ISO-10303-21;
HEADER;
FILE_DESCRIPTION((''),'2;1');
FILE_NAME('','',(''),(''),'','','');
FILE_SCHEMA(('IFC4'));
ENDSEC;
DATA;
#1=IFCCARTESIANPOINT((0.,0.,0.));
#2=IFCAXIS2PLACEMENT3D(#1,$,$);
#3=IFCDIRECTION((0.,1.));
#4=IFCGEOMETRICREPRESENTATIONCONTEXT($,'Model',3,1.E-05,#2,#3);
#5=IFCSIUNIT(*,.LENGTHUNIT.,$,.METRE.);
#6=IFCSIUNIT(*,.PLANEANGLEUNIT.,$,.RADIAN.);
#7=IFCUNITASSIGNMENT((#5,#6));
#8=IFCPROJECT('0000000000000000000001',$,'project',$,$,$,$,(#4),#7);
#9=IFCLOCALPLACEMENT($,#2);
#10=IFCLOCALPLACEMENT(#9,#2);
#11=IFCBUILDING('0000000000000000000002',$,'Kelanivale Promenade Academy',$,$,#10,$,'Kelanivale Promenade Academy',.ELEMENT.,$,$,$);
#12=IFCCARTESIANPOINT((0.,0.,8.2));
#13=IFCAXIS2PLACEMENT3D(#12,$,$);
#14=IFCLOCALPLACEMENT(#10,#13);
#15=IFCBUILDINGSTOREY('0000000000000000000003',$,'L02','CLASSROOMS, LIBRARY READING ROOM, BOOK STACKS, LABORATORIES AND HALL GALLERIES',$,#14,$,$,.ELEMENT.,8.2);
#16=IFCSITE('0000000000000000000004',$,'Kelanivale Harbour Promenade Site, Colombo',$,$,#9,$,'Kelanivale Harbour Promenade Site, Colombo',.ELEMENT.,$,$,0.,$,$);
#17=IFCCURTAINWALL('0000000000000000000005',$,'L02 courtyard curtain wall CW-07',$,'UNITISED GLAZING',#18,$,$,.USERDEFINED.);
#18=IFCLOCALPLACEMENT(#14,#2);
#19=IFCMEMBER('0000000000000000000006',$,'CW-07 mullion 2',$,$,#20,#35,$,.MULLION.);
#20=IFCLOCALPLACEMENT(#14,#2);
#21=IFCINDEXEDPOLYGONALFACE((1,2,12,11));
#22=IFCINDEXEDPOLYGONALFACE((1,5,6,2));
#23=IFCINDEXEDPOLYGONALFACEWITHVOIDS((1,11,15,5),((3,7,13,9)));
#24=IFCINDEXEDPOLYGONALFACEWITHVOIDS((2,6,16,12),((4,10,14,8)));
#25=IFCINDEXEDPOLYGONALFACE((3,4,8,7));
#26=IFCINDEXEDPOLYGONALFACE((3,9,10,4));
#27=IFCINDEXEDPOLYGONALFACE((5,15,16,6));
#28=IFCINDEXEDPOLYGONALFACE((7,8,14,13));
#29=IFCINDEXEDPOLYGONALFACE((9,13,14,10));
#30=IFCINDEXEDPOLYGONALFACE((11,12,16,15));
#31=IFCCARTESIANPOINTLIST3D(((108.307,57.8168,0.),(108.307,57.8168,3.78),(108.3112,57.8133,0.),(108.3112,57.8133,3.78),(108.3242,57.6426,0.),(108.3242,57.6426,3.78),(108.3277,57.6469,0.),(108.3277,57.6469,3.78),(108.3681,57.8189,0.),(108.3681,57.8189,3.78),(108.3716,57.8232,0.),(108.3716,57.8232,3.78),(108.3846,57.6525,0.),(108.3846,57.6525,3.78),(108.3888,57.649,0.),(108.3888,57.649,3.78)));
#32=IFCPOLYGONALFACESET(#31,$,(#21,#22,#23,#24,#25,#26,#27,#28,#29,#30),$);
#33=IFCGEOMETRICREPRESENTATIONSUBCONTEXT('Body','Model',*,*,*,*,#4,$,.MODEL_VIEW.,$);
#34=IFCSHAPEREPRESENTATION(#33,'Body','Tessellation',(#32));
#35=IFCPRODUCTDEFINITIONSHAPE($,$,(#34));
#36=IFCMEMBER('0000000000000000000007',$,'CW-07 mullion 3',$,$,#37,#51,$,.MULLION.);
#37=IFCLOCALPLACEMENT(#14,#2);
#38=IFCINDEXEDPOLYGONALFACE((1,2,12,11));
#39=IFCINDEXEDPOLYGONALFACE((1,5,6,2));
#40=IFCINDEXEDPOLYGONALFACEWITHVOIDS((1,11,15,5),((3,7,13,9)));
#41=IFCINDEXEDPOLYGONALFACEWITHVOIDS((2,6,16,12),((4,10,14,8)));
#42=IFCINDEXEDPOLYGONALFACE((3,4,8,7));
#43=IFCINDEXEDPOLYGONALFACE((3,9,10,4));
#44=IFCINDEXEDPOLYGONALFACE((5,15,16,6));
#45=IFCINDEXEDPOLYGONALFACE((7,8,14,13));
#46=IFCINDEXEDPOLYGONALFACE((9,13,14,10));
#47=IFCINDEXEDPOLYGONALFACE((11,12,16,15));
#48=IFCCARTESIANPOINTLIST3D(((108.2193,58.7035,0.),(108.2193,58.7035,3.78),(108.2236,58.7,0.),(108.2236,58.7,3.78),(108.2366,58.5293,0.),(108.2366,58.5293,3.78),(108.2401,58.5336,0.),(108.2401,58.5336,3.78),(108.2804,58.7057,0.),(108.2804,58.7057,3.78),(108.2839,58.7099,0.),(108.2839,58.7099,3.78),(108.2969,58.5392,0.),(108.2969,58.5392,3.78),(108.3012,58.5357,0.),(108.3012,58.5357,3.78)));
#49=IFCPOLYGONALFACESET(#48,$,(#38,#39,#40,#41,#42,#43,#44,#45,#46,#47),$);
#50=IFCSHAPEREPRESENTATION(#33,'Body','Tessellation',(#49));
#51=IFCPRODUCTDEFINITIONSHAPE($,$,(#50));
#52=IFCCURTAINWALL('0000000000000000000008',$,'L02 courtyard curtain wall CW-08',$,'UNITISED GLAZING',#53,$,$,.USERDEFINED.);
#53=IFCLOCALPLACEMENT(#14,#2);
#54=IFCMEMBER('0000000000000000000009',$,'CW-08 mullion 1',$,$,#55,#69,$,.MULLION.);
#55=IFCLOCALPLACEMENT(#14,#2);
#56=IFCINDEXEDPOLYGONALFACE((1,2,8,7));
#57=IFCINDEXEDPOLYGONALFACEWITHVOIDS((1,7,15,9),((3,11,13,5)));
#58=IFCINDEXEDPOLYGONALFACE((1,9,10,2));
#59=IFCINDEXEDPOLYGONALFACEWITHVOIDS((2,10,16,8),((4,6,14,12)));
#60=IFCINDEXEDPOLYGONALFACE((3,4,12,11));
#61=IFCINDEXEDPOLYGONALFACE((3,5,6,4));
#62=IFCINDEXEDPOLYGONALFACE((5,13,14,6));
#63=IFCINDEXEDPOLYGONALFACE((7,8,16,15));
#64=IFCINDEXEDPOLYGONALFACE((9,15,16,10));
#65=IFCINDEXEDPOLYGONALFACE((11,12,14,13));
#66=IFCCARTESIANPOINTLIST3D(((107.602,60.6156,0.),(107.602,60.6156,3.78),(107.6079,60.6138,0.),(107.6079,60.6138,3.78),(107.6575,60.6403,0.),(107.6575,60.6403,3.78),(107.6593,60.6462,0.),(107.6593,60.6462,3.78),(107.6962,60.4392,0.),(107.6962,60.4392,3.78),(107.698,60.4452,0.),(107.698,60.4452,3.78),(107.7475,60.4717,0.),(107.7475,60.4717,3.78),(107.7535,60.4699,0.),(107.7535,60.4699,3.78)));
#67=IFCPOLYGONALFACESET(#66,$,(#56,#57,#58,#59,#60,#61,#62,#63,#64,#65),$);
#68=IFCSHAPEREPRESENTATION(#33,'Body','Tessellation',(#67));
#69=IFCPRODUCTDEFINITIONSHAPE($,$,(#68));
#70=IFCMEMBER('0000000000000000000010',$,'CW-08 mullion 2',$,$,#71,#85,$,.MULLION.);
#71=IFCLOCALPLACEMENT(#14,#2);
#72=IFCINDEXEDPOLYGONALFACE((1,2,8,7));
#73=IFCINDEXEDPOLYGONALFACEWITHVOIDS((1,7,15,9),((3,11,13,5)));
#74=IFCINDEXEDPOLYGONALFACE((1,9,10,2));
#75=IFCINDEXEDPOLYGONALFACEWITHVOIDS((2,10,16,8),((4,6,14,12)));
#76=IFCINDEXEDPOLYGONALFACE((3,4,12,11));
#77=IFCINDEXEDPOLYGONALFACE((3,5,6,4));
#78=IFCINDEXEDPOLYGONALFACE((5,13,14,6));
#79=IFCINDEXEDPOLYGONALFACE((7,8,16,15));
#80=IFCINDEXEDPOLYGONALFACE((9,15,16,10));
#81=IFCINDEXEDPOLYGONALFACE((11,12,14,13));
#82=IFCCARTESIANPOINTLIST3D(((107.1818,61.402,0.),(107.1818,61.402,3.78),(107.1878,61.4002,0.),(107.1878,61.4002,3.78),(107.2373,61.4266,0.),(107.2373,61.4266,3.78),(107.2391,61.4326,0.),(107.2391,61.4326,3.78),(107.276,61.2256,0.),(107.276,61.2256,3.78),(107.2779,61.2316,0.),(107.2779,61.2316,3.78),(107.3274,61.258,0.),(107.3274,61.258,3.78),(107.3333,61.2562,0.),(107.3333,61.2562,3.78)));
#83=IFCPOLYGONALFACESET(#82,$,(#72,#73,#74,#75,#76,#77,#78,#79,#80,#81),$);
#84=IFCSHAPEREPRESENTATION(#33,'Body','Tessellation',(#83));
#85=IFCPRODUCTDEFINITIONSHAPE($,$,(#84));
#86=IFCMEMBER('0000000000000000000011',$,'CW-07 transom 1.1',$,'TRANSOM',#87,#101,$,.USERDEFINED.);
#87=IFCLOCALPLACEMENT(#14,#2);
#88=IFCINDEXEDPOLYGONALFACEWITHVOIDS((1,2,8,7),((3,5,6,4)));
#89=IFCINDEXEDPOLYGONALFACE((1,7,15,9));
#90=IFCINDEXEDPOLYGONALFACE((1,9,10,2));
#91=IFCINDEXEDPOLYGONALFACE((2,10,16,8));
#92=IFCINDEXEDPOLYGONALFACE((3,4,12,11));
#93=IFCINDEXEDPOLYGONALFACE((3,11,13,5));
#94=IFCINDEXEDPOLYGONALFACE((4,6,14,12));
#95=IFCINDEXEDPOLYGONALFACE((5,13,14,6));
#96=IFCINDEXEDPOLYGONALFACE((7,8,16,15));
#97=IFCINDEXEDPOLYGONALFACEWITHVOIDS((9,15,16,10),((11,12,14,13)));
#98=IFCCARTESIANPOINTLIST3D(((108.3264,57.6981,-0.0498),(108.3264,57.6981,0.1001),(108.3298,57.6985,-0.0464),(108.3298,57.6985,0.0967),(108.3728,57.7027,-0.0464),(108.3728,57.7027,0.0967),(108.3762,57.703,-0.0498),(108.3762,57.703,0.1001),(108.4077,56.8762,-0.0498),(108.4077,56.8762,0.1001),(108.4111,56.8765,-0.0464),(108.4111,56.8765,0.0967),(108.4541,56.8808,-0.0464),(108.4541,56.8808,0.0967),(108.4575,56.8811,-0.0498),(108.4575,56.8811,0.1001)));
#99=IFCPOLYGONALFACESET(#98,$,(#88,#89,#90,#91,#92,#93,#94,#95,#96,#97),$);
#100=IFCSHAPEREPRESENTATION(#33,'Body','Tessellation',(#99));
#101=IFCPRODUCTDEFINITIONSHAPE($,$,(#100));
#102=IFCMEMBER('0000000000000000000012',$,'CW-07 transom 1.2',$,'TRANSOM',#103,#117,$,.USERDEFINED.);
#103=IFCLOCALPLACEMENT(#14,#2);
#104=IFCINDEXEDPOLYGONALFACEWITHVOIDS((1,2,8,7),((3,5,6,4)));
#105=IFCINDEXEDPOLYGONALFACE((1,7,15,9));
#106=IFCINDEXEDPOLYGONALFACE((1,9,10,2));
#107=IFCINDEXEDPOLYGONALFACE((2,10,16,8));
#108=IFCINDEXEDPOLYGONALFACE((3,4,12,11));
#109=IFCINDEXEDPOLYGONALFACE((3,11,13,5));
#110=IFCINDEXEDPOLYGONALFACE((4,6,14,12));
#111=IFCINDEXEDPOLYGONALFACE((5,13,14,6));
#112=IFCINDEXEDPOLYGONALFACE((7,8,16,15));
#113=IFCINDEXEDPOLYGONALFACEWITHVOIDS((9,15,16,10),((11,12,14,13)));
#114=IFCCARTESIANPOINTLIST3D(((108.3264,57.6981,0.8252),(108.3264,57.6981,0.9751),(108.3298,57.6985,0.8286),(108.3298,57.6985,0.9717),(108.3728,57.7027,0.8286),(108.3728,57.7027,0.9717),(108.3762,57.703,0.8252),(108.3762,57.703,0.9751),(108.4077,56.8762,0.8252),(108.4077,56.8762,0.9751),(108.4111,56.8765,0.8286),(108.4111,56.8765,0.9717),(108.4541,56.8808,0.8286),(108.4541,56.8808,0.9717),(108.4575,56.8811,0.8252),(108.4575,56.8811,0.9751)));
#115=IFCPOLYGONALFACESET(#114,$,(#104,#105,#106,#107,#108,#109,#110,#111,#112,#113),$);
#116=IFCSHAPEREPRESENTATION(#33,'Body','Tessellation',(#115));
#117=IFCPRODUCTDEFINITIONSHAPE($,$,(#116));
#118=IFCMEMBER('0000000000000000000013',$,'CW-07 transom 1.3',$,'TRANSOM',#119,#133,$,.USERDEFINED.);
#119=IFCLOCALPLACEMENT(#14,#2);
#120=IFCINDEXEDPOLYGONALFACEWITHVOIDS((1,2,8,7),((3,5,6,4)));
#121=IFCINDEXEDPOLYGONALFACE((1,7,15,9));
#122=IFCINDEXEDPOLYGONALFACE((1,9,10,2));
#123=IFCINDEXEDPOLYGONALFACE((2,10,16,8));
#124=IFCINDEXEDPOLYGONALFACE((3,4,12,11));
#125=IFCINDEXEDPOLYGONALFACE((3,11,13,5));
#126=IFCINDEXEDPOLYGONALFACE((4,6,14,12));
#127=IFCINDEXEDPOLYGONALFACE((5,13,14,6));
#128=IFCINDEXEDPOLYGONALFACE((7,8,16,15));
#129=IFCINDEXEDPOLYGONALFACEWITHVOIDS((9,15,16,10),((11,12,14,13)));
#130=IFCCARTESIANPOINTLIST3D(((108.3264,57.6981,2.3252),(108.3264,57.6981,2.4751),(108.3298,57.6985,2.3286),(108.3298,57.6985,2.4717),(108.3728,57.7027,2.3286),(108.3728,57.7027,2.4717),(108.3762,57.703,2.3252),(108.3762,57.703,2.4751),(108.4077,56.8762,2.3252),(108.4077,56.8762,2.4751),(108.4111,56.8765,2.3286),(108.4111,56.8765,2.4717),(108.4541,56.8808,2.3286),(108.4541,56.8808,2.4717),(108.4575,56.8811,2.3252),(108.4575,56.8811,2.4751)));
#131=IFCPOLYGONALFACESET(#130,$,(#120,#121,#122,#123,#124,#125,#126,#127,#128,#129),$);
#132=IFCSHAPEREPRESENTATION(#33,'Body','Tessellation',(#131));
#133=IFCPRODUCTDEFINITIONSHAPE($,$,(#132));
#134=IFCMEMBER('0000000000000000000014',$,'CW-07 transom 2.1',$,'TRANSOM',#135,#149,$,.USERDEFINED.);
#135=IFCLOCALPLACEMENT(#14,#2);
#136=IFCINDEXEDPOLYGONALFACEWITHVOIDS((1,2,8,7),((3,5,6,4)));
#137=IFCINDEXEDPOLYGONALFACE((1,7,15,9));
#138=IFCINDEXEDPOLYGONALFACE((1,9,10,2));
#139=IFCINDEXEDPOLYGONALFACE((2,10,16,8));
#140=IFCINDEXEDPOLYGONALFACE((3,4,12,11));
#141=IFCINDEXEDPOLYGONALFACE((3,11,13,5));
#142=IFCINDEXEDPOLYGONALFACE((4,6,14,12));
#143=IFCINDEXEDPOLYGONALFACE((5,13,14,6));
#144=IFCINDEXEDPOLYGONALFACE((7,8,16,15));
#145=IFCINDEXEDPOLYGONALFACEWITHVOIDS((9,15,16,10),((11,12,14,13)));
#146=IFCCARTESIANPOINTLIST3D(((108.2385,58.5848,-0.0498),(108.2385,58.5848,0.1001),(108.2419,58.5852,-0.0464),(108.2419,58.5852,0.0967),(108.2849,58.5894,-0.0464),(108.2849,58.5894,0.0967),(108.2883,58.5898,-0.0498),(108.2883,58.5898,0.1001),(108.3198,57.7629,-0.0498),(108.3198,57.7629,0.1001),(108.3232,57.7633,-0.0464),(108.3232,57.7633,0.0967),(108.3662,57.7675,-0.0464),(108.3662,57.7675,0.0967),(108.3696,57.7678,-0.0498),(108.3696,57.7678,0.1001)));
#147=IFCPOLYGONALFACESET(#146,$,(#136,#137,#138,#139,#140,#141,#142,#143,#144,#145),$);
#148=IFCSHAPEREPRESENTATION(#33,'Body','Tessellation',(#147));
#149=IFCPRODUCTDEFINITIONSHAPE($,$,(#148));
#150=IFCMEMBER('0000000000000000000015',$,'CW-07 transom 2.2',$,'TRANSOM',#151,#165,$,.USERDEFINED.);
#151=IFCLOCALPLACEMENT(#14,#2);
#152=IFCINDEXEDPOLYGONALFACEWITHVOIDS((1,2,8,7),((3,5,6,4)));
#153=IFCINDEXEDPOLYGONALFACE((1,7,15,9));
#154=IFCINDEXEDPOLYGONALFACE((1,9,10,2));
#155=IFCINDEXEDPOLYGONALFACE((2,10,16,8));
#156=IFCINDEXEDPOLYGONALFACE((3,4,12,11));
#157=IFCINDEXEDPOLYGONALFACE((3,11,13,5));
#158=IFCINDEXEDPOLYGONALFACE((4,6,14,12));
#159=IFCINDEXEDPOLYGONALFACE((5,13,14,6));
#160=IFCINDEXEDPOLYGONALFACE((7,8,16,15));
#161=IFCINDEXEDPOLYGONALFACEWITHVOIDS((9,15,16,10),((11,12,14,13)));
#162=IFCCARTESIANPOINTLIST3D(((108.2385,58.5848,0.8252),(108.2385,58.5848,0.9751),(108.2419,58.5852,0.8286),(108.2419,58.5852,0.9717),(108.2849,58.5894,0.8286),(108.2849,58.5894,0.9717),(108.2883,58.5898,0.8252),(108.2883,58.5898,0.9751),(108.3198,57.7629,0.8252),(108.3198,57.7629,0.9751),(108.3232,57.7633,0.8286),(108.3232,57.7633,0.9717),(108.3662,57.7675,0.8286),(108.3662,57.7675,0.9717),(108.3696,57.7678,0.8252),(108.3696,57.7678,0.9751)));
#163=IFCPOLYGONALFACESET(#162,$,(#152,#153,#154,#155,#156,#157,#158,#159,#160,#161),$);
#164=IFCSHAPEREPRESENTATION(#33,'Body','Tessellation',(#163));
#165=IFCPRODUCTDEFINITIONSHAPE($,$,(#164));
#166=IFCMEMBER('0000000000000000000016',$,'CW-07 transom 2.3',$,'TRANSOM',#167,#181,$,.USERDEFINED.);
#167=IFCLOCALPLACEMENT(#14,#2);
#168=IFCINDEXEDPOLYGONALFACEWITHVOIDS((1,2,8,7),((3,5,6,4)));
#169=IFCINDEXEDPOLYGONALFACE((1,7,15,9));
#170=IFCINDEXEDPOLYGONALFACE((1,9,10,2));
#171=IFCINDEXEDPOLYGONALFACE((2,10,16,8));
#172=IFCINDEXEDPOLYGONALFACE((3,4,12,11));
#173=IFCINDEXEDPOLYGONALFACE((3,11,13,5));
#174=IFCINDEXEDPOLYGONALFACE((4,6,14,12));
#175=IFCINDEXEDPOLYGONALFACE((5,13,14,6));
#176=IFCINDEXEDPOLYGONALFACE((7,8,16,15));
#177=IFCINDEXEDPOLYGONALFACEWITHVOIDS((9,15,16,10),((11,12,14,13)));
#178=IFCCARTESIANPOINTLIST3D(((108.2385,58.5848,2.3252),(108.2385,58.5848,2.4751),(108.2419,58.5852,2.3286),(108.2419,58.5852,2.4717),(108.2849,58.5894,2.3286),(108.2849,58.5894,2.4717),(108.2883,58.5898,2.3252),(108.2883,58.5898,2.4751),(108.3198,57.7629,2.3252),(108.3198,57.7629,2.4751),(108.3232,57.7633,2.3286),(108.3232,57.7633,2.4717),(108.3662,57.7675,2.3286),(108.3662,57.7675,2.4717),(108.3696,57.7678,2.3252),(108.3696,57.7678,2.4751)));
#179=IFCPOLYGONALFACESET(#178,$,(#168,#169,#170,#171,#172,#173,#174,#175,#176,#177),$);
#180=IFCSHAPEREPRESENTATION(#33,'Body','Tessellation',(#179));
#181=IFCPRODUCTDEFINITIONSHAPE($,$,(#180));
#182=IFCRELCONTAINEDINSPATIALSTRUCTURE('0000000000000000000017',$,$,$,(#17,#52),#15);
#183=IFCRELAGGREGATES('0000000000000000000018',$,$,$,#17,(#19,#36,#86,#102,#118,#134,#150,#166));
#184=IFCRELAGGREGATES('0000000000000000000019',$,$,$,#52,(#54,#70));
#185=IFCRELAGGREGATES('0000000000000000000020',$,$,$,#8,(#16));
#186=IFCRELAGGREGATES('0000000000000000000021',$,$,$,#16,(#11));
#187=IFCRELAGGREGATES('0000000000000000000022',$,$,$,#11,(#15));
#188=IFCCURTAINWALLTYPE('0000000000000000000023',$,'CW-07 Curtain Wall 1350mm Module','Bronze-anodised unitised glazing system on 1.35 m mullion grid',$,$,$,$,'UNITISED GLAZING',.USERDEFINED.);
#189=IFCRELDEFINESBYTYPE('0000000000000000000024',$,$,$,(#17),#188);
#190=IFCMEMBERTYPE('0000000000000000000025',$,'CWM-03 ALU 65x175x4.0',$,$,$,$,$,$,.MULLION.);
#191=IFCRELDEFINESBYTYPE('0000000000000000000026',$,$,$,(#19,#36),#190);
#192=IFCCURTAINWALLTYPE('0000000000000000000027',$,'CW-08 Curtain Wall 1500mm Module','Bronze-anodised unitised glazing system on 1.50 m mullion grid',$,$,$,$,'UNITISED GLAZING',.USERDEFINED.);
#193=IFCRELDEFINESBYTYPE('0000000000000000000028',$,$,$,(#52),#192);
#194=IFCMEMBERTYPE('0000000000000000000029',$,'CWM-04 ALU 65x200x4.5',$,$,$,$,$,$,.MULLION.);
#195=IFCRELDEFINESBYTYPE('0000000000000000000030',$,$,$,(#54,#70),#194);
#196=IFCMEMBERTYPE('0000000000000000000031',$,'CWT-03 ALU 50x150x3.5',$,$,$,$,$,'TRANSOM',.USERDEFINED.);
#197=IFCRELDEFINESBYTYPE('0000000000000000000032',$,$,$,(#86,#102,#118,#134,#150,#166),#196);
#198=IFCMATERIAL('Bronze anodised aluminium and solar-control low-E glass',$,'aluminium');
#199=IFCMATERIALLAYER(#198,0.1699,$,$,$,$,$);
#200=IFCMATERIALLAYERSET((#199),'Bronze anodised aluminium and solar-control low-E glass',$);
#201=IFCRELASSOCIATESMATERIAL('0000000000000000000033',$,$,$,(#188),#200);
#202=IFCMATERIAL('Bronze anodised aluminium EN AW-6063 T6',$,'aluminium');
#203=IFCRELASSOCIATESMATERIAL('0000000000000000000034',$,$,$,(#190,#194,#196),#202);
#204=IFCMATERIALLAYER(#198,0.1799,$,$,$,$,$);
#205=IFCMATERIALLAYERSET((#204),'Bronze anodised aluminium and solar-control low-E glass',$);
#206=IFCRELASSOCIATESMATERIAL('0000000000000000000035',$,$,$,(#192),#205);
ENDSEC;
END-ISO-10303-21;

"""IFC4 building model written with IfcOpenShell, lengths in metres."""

from ifc_helpers import new_model, si_unit, direction, frame, origin, origin_2d, place, context, subcontext, project, spatial, hollow_rectangle, extrude, material, layer, layer_set, material_profile, profile_set, type_object, element, aggregate, save


model = new_model("IFC4")

# Units and contexts
model_context = context("Model", 3, precision=1e-05, world=origin(), true_north=direction((0.0, 1.0)))
body_context = subcontext(model_context, "Body", "Model", "MODEL_VIEW")
ifc_project = project(units=[si_unit("LENGTHUNIT", "METRE"), si_unit("PLANEANGLEUNIT", "RADIAN")], contexts=[model_context])

# Site, building, storey
site_placement = place(None, origin())
site = spatial("IfcSite", under=ifc_project, at=site_placement, Name="Kelanivale Harbour Promenade Site, Colombo", LongName="Kelanivale Harbour Promenade Site, Colombo", CompositionType="ELEMENT", RefElevation=0.0)
building_placement = place(site_placement, origin())
building = spatial("IfcBuilding", under=site, at=building_placement, Name="Kelanivale Promenade Academy", LongName="Kelanivale Promenade Academy", CompositionType="ELEMENT")
storey_placement = place(building_placement, frame((0.0, 0.0, 8.2)))
storey = spatial("IfcBuildingStorey", under=building, at=storey_placement, Name="L02", Description="CLASSROOMS, LIBRARY READING ROOM, BOOK STACKS, LABORATORIES AND HALL GALLERIES", CompositionType="ELEMENT", Elevation=8.2)

# Curtain walls, members
ifc_material_1 = material(Name="Bronze anodised aluminium and solar-control low-E glass", Category="aluminium")
ifc_layer_1 = layer(ifc_material_1, 0.1699)
ifc_layer_set_1 = layer_set([ifc_layer_1], Name="Bronze anodised aluminium and solar-control low-E glass")
curtain_wall_type_1 = type_object("IfcCurtainWallType", Name="CW-07 Curtain Wall 1350mm Module", Description="Bronze-anodised unitised glazing system on 1.35 m mullion grid", ElementType="UNITISED GLAZING", PredefinedType="USERDEFINED", material=ifc_layer_set_1)
curtain_wall_1_placement = place(storey_placement, origin())
curtain_wall_1 = element("IfcCurtainWall", 1, at=curtain_wall_1_placement, inside=storey, type_object=curtain_wall_type_1, Name="L02 courtyard curtain wall CW-07", ObjectType="UNITISED GLAZING", PredefinedType="USERDEFINED")
ifc_material_2 = material(Name="Bronze anodised aluminium EN AW-6063 T6", Category="aluminium")
ifc_material_profile_1 = material_profile(ifc_material_2, hollow_rectangle(XDim=0.0649, YDim=0.175, WallThickness=0.0039, at=origin_2d()), Name="ALU 65x175x4.0")
ifc_profile_set_1 = profile_set([ifc_material_profile_1], Name="Bronze anodised aluminium EN AW-6063 T6")
member_type_1 = type_object("IfcMemberType", Name="CWM-03 ALU 65x175x4.0", PredefinedType="MULLION", material=ifc_profile_set_1)
member_1_placement = place(storey_placement, frame((108.3479, 57.7329, 0.0), z_axis=(0.0, 0.0, 1.0), x_axis=(-0.995133, -0.098539, 0.0)))
member_1 = element("IfcMember", 2, at=member_1_placement, type_object=member_type_1, Name="CW-07 mullion 2", PredefinedType="MULLION", context=body_context, shape_type="SweptSolid", body=[
    extrude(hollow_rectangle(XDim=0.0649, YDim=0.175, WallThickness=0.0039, at=origin_2d()), origin(), (0.0, 0.0, 1.0), 3.78),
])
member_2_placement = place(storey_placement, frame((108.2603, 58.6196, 0.0), z_axis=(0.0, 0.0, 1.0), x_axis=(-0.995133, -0.098539, 0.0)))
member_2 = element("IfcMember", 3, at=member_2_placement, type_object=member_type_1, Name="CW-07 mullion 3", PredefinedType="MULLION", context=body_context, shape_type="SweptSolid", body=[
    extrude(hollow_rectangle(XDim=0.0649, YDim=0.175, WallThickness=0.0039, at=origin_2d()), origin(), (0.0, 0.0, 1.0), 3.78),
])
ifc_layer_2 = layer(ifc_material_1, 0.1799)
ifc_layer_set_2 = layer_set([ifc_layer_2], Name="Bronze anodised aluminium and solar-control low-E glass")
curtain_wall_type_2 = type_object("IfcCurtainWallType", Name="CW-08 Curtain Wall 1500mm Module", Description="Bronze-anodised unitised glazing system on 1.50 m mullion grid", ElementType="UNITISED GLAZING", PredefinedType="USERDEFINED", material=ifc_layer_set_2)
curtain_wall_2_placement = place(storey_placement, origin())
curtain_wall_2 = element("IfcCurtainWall", 4, at=curtain_wall_2_placement, inside=storey, type_object=curtain_wall_type_2, Name="L02 courtyard curtain wall CW-08", ObjectType="UNITISED GLAZING", PredefinedType="USERDEFINED")
ifc_material_profile_2 = material_profile(ifc_material_2, hollow_rectangle(XDim=0.0649, YDim=0.2, WallThickness=0.0044, at=origin_2d()), Name="ALU 65x200x4.5")
ifc_profile_set_2 = profile_set([ifc_material_profile_2], Name="Bronze anodised aluminium EN AW-6063 T6")
member_type_2 = type_object("IfcMemberType", Name="CWM-04 ALU 65x200x4.5", PredefinedType="MULLION", material=ifc_profile_set_2)
member_3_placement = place(storey_placement, frame((107.6777, 60.5427, 0.0), z_axis=(0.0, 0.0, 1.0), x_axis=(-0.881978, -0.47129, 0.0)))
member_3 = element("IfcMember", 5, at=member_3_placement, type_object=member_type_2, Name="CW-08 mullion 1", PredefinedType="MULLION", context=body_context, shape_type="SweptSolid", body=[
    extrude(hollow_rectangle(XDim=0.0649, YDim=0.2, WallThickness=0.0044, at=origin_2d()), origin(), (0.0, 0.0, 1.0), 3.78),
])
member_4_placement = place(storey_placement, frame((107.2576, 61.3291, 0.0), z_axis=(0.0, 0.0, 1.0), x_axis=(-0.881978, -0.47129, 0.0)))
member_4 = element("IfcMember", 6, at=member_4_placement, type_object=member_type_2, Name="CW-08 mullion 2", PredefinedType="MULLION", context=body_context, shape_type="SweptSolid", body=[
    extrude(hollow_rectangle(XDim=0.0649, YDim=0.2, WallThickness=0.0044, at=origin_2d()), origin(), (0.0, 0.0, 1.0), 3.78),
])

# Members
ifc_material_profile_3 = material_profile(ifc_material_2, hollow_rectangle(XDim=0.05, YDim=0.1499, WallThickness=0.0034, at=origin_2d()), Name="ALU 50x150x3.5")
ifc_profile_set_3 = profile_set([ifc_material_profile_3], Name="Bronze anodised aluminium EN AW-6063 T6")
member_type_3 = type_object("IfcMemberType", Name="CWT-03 ALU 50x150x3.5", ElementType="TRANSOM", PredefinedType="USERDEFINED", material=ifc_profile_set_3)
member_5_placement = place(storey_placement, frame((108.4326, 56.8787, 0.0251), z_axis=(-0.098421, 0.995145, 0.0), x_axis=(-0.995145, -0.098421, 0.0)))
member_5 = element("IfcMember", 7, at=member_5_placement, type_object=member_type_3, Name="CW-07 transom 1.1", ObjectType="TRANSOM", PredefinedType="USERDEFINED", context=body_context, shape_type="SweptSolid", body=[
    extrude(hollow_rectangle(XDim=0.05, YDim=0.1499, WallThickness=0.0034, at=origin_2d()), origin(), (0.0, 0.0, 1.0), 0.8259),
])
member_6_placement = place(storey_placement, frame((108.4326, 56.8787, 0.9001), z_axis=(-0.098421, 0.995145, 0.0), x_axis=(-0.995145, -0.098421, 0.0)))
member_6 = element("IfcMember", 8, at=member_6_placement, type_object=member_type_3, Name="CW-07 transom 1.2", ObjectType="TRANSOM", PredefinedType="USERDEFINED", context=body_context, shape_type="SweptSolid", body=[
    extrude(hollow_rectangle(XDim=0.05, YDim=0.1499, WallThickness=0.0034, at=origin_2d()), origin(), (0.0, 0.0, 1.0), 0.8259),
])
member_7_placement = place(storey_placement, frame((108.4326, 56.8787, 2.4001), z_axis=(-0.098421, 0.995145, 0.0), x_axis=(-0.995145, -0.098421, 0.0)))
member_7 = element("IfcMember", 9, at=member_7_placement, type_object=member_type_3, Name="CW-07 transom 1.3", ObjectType="TRANSOM", PredefinedType="USERDEFINED", context=body_context, shape_type="SweptSolid", body=[
    extrude(hollow_rectangle(XDim=0.05, YDim=0.1499, WallThickness=0.0034, at=origin_2d()), origin(), (0.0, 0.0, 1.0), 0.8259),
])
member_8_placement = place(storey_placement, frame((108.3447, 57.7654, 0.0251), z_axis=(-0.098421, 0.995145, 0.0), x_axis=(-0.995145, -0.098421, 0.0)))
member_8 = element("IfcMember", 10, at=member_8_placement, type_object=member_type_3, Name="CW-07 transom 2.1", ObjectType="TRANSOM", PredefinedType="USERDEFINED", context=body_context, shape_type="SweptSolid", body=[
    extrude(hollow_rectangle(XDim=0.05, YDim=0.1499, WallThickness=0.0034, at=origin_2d()), origin(), (0.0, 0.0, 1.0), 0.8259),
])
member_9_placement = place(storey_placement, frame((108.3447, 57.7654, 0.9001), z_axis=(-0.098421, 0.995145, 0.0), x_axis=(-0.995145, -0.098421, 0.0)))
member_9 = element("IfcMember", 11, at=member_9_placement, type_object=member_type_3, Name="CW-07 transom 2.2", ObjectType="TRANSOM", PredefinedType="USERDEFINED", context=body_context, shape_type="SweptSolid", body=[
    extrude(hollow_rectangle(XDim=0.05, YDim=0.1499, WallThickness=0.0034, at=origin_2d()), origin(), (0.0, 0.0, 1.0), 0.8259),
])
member_10_placement = place(storey_placement, frame((108.3447, 57.7654, 2.4001), z_axis=(-0.098421, 0.995145, 0.0), x_axis=(-0.995145, -0.098421, 0.0)))
member_10 = element("IfcMember", 12, at=member_10_placement, type_object=member_type_3, Name="CW-07 transom 2.3", ObjectType="TRANSOM", PredefinedType="USERDEFINED", context=body_context, shape_type="SweptSolid", body=[
    extrude(hollow_rectangle(XDim=0.05, YDim=0.1499, WallThickness=0.0034, at=origin_2d()), origin(), (0.0, 0.0, 1.0), 0.8259),
])

aggregate(curtain_wall_1, [member_1, member_2, member_5, member_6, member_7, member_8, member_9, member_10])
aggregate(curtain_wall_2, [member_3, member_4])

save(model, "model.ifc")
